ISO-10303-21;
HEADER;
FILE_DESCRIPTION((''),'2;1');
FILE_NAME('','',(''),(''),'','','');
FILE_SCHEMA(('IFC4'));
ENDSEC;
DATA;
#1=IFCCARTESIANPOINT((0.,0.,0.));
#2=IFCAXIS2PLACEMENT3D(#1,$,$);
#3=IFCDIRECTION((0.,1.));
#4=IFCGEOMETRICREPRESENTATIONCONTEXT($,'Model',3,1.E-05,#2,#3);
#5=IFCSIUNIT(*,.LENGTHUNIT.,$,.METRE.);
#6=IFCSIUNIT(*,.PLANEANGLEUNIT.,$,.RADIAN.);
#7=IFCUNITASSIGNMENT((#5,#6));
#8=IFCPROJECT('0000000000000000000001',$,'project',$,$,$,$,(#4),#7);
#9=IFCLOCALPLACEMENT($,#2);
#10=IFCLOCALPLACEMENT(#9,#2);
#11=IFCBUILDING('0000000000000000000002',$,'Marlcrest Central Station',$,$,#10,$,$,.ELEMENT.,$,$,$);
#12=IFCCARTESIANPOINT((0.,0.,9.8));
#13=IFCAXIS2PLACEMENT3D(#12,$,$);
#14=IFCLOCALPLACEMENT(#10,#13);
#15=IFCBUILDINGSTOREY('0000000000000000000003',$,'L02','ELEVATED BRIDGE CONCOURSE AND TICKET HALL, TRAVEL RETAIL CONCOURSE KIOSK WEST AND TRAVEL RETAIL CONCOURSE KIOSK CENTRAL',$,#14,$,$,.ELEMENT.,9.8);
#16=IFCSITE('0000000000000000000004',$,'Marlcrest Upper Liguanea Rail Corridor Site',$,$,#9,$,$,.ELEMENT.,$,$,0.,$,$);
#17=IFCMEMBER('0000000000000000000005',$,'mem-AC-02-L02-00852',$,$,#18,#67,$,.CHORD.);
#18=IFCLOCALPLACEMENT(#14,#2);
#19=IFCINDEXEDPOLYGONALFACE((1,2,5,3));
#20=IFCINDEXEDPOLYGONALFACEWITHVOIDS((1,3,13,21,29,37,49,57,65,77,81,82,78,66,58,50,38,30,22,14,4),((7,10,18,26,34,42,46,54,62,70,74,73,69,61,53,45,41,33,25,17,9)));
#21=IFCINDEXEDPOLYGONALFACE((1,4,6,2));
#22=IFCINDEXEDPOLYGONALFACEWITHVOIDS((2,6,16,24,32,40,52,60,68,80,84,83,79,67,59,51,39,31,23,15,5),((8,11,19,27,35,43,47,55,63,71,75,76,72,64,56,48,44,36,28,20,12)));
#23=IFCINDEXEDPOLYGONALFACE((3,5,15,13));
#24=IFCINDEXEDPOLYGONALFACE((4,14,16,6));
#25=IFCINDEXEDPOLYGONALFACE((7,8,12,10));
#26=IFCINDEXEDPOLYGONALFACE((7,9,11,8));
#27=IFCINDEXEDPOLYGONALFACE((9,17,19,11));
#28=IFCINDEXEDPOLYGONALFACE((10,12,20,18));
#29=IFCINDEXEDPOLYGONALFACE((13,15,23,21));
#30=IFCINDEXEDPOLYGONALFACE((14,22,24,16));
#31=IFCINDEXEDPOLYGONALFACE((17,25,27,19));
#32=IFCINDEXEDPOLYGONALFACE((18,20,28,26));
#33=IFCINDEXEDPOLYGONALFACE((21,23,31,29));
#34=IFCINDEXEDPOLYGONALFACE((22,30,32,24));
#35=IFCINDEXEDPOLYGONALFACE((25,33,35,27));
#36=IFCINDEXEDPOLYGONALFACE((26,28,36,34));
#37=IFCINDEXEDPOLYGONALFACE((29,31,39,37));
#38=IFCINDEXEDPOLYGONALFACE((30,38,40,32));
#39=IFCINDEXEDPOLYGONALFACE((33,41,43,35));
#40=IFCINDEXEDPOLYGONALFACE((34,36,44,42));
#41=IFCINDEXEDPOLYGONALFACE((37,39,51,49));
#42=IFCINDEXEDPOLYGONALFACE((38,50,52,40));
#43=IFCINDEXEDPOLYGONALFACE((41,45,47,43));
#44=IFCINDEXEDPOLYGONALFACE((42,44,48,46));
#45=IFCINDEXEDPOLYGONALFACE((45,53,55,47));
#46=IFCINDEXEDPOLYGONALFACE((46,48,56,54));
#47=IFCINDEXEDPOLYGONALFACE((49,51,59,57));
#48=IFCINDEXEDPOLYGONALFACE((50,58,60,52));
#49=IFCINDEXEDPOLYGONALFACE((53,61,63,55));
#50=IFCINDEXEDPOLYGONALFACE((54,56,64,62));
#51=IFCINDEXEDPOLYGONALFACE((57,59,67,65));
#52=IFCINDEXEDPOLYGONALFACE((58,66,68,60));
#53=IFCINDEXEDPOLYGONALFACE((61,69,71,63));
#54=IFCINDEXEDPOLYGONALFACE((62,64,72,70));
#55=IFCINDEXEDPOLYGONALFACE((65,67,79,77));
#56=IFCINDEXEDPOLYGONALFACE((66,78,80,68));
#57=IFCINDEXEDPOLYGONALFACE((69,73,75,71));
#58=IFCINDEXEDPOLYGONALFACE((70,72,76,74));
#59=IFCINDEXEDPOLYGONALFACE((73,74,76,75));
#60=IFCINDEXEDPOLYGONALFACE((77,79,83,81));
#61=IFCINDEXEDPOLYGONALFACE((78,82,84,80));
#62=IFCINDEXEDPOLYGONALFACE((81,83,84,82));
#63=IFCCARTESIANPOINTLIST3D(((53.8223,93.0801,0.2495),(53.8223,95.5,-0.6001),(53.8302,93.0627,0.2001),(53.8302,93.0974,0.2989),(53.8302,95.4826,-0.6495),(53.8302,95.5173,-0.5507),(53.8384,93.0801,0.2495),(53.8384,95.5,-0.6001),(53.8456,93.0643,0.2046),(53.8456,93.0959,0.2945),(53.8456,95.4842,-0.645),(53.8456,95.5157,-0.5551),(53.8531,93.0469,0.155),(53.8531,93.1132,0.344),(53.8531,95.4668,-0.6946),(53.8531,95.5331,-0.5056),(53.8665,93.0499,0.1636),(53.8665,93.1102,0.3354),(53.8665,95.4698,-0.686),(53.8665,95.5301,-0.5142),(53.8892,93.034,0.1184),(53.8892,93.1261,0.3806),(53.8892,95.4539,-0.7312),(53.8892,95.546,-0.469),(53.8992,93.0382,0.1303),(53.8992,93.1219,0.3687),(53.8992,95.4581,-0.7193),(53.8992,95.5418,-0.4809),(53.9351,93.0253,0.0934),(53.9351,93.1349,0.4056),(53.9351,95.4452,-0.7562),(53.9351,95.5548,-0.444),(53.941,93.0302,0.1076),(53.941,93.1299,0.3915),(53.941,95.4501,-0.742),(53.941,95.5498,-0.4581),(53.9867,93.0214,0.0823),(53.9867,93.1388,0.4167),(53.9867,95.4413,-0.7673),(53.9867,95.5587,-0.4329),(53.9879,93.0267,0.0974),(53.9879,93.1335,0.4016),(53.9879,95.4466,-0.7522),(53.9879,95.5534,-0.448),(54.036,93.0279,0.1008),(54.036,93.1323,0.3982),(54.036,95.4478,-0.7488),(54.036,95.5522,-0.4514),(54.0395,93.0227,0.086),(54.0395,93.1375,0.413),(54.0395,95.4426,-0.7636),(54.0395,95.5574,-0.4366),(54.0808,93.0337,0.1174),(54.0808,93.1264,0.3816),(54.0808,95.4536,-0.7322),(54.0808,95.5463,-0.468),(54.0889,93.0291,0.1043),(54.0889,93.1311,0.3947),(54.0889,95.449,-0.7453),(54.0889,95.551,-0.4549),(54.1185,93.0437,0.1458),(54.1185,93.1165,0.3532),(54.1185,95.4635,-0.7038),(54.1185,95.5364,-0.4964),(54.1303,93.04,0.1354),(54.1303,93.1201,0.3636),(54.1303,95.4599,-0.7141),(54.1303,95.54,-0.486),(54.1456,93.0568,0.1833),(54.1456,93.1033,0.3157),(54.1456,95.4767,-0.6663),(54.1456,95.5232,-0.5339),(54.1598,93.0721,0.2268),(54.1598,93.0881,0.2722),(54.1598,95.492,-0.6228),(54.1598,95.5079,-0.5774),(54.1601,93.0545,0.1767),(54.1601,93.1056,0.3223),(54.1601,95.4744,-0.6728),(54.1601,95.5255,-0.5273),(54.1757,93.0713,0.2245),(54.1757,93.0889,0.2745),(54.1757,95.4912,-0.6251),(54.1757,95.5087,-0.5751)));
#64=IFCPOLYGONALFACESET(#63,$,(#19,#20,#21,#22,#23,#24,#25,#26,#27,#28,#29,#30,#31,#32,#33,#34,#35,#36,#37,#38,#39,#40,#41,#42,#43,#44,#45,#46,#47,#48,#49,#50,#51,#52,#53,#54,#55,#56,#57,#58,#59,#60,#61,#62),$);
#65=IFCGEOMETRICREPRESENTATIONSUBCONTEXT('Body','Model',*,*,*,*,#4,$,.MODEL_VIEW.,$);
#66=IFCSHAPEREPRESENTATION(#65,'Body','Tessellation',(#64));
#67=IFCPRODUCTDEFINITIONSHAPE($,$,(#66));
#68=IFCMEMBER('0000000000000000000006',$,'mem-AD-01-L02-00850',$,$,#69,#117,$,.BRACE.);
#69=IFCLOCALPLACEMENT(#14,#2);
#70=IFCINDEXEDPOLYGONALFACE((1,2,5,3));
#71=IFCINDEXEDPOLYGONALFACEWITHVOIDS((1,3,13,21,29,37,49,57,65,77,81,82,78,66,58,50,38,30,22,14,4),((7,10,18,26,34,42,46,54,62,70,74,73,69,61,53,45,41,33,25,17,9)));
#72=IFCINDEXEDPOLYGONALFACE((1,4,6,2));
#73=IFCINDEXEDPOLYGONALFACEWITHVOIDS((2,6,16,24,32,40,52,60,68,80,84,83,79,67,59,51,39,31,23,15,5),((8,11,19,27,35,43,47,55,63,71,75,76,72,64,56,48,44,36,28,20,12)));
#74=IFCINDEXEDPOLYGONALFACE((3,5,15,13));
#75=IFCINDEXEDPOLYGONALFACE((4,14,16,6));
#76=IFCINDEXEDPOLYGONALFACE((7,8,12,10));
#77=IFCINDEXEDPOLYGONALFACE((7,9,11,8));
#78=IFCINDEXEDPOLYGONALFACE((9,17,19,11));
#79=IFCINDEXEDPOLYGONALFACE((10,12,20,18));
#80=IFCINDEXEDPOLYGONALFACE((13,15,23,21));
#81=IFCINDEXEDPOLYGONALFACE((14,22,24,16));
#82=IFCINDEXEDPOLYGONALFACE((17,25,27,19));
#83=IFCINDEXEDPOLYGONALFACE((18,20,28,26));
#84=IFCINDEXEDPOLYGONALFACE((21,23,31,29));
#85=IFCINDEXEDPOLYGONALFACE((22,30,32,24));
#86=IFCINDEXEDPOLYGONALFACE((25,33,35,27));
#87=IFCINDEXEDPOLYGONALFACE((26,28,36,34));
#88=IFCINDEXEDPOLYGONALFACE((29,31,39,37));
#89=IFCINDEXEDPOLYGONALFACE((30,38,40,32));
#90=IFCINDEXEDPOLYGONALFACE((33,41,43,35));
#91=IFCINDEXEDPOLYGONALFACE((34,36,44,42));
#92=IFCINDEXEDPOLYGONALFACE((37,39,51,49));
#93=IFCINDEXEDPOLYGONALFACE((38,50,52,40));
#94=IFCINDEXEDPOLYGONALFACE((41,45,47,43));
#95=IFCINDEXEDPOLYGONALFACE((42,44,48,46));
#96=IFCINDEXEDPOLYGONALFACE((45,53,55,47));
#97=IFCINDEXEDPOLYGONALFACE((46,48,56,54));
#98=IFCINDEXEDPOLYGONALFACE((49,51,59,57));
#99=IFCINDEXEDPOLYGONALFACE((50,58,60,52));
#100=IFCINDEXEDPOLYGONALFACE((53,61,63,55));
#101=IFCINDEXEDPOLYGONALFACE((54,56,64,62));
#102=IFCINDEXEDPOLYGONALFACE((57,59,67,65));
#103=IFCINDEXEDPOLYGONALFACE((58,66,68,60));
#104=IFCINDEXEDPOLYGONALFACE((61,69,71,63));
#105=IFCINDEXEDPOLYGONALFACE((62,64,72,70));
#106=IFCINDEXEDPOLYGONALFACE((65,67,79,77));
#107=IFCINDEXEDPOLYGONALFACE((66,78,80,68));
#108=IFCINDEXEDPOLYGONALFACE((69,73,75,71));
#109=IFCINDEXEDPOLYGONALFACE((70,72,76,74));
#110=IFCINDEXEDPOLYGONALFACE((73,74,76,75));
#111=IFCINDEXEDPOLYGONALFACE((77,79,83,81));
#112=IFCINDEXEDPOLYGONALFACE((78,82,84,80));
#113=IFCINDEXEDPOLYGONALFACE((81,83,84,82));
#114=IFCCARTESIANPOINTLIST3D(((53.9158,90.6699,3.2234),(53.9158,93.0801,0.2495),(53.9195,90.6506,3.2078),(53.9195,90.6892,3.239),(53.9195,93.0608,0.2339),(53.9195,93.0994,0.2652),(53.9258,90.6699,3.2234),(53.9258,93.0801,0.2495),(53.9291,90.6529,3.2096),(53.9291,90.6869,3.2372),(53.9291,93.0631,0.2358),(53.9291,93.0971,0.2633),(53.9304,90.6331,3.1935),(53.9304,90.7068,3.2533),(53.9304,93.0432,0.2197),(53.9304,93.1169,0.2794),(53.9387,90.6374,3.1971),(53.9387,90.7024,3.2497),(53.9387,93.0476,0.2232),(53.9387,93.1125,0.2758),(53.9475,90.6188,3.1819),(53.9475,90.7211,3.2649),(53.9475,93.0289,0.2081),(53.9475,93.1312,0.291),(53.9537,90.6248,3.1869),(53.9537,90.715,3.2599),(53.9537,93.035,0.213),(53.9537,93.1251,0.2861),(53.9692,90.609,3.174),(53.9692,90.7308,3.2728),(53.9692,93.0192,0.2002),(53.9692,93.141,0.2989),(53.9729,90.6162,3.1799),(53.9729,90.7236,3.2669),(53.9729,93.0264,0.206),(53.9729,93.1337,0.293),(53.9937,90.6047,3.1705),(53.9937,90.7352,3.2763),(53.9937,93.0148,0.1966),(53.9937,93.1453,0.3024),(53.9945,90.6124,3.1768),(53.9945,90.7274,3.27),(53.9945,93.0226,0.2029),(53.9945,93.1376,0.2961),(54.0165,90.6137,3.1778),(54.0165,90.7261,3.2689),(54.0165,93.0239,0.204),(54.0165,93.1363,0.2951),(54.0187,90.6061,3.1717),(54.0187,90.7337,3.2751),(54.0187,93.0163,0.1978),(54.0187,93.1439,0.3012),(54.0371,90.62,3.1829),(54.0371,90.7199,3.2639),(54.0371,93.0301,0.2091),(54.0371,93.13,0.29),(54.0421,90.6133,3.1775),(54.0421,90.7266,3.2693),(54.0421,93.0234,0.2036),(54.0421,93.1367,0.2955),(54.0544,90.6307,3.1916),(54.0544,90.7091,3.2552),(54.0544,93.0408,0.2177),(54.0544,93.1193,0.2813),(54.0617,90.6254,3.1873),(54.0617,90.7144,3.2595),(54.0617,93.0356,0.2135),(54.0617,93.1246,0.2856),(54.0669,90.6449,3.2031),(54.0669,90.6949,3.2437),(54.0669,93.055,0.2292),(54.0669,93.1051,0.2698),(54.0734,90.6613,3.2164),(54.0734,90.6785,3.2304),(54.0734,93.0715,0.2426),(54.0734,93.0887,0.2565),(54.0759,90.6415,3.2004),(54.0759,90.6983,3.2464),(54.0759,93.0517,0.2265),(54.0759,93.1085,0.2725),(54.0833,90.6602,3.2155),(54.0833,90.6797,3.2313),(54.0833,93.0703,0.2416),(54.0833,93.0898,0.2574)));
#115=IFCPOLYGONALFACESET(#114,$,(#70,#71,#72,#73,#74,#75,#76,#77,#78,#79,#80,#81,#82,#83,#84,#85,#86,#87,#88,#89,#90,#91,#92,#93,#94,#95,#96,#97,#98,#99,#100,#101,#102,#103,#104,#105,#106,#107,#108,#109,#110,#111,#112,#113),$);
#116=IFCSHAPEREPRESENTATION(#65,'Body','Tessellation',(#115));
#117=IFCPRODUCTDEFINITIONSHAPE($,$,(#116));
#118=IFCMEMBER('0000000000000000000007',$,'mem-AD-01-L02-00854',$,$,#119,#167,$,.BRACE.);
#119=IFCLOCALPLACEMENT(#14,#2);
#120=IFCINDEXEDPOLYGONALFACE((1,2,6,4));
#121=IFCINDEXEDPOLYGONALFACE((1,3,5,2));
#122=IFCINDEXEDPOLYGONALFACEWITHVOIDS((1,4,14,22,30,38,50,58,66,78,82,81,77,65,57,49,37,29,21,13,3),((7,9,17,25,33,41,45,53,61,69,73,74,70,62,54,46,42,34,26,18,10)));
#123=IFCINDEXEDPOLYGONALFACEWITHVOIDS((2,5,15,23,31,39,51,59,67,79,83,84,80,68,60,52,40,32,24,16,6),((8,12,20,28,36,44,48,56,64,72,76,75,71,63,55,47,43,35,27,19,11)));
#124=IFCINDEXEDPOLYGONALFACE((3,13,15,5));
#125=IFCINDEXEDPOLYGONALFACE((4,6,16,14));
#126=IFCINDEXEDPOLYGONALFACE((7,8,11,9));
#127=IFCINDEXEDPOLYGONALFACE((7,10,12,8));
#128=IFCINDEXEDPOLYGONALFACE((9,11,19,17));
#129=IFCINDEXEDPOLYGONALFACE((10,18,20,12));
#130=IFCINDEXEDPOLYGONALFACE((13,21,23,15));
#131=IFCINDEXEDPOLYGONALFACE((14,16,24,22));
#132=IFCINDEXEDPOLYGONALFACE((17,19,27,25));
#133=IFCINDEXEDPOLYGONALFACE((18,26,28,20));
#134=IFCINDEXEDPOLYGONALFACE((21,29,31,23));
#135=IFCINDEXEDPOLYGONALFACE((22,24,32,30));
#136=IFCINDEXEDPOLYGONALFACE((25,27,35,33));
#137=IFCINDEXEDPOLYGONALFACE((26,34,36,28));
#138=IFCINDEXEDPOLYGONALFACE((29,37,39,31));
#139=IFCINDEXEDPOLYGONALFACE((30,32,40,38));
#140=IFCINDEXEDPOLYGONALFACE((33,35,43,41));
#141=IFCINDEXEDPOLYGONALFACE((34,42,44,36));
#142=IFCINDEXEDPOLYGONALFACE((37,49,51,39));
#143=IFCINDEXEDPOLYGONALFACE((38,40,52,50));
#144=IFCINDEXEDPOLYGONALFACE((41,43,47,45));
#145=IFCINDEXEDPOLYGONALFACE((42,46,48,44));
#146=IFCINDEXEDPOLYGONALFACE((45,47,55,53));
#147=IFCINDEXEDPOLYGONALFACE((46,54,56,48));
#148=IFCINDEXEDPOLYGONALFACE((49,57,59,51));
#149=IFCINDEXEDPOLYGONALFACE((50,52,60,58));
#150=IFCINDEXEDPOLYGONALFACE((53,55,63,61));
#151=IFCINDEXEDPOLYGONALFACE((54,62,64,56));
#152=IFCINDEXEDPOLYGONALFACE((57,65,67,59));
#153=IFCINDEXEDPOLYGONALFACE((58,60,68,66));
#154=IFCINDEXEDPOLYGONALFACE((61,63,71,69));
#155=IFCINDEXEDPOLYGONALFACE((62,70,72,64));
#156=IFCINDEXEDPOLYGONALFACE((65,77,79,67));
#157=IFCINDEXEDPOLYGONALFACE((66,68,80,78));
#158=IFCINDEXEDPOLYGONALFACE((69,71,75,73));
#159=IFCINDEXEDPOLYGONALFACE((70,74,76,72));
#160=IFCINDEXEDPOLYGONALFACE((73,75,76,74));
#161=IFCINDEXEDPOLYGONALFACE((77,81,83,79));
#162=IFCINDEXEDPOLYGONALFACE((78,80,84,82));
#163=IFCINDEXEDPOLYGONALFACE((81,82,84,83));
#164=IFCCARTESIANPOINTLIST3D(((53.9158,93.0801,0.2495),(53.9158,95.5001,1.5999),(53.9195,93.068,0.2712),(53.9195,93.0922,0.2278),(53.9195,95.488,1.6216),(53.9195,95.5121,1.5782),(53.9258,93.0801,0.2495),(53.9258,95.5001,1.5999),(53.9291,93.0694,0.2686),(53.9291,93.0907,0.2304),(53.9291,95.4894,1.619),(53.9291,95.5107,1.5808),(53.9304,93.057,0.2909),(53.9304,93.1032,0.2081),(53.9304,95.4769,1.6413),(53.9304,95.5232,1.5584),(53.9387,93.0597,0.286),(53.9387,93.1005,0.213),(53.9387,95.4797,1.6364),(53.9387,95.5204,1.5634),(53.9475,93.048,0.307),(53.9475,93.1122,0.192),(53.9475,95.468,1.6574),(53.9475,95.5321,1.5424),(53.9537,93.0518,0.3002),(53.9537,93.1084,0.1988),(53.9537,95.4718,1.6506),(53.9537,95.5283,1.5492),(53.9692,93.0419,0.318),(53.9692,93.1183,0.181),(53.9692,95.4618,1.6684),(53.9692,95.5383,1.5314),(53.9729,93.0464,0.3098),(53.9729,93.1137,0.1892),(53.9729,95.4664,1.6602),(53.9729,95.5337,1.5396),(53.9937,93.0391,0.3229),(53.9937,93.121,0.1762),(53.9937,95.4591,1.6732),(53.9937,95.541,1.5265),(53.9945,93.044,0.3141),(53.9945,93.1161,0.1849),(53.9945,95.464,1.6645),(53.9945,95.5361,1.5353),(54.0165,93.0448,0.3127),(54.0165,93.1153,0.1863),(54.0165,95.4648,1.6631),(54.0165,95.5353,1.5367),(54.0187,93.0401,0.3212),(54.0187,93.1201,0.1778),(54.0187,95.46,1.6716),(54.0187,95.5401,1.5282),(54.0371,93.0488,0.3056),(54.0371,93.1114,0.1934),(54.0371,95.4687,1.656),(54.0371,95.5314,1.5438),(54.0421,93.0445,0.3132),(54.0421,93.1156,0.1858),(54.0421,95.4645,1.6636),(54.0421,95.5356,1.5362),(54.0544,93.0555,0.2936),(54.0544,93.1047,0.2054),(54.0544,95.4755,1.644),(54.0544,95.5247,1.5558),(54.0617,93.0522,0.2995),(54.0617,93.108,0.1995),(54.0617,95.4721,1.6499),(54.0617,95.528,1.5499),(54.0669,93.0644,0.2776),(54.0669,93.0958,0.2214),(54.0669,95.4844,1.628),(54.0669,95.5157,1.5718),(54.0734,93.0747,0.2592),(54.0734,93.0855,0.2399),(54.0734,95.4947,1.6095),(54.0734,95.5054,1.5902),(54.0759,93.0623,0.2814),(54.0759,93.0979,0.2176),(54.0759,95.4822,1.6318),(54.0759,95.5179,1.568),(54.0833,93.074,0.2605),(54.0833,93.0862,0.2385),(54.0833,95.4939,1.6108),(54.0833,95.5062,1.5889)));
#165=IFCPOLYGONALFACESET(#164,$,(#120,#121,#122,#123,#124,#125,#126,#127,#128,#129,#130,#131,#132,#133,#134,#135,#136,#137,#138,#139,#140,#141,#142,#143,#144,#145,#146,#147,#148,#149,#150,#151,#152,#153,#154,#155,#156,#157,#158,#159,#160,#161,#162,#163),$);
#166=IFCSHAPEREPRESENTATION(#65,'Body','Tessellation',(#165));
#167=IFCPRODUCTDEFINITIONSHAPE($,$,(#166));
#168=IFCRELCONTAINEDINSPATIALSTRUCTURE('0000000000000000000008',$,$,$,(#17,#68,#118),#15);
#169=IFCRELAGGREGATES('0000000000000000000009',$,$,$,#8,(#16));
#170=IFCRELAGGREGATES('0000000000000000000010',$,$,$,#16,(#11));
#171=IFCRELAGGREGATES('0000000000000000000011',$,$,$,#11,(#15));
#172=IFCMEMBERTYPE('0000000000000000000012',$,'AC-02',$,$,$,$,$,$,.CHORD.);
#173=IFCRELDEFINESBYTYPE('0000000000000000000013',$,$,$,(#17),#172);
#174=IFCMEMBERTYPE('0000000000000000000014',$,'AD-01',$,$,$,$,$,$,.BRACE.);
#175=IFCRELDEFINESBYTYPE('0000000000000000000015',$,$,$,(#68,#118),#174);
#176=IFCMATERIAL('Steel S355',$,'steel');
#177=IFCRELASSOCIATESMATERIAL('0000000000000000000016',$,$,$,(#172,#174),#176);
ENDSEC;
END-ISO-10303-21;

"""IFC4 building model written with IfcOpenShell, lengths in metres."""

from ifc_helpers import new_model, si_unit, direction, frame, origin, origin_2d, place, context, subcontext, project, spatial, hollow_circle, extrude, material, material_profile, profile_set, type_object, element, save


model = new_model("IFC4")

# Units and contexts
model_context = context("Model", 3, precision=1e-05, world=origin(), true_north=direction((0.0, 1.0)))
body_context = subcontext(model_context, "Body", "Model", "MODEL_VIEW")
ifc_project = project(units=[si_unit("LENGTHUNIT", "METRE"), si_unit("PLANEANGLEUNIT", "RADIAN")], contexts=[model_context])

# Site, building, storey
site_placement = place(None, origin())
site = spatial("IfcSite", under=ifc_project, at=site_placement, Name="Marlcrest Upper Liguanea Rail Corridor Site", CompositionType="ELEMENT", RefElevation=0.0)
building_placement = place(site_placement, origin())
building = spatial("IfcBuilding", under=site, at=building_placement, Name="Marlcrest Central Station", CompositionType="ELEMENT")
storey_placement = place(building_placement, frame((0.0, 0.0, 9.8)))
storey = spatial("IfcBuildingStorey", under=building, at=storey_placement, Name="L02", Description="ELEVATED BRIDGE CONCOURSE AND TICKET HALL, TRAVEL RETAIL CONCOURSE KIOSK WEST AND TRAVEL RETAIL CONCOURSE KIOSK CENTRAL", CompositionType="ELEMENT", Elevation=9.8)

# Members
ifc_material_1 = material(Name="Steel S355", Category="steel")
ifc_material_profile_1 = material_profile(ifc_material_1, hollow_circle(Radius=0.1777, WallThickness=0.0161, at=origin_2d()), Name="CHS 355.6x16")
ifc_profile_set_1 = profile_set([ifc_material_profile_1], Name="Steel S355")
member_type_1 = type_object("IfcMemberType", Name="AC-02", PredefinedType="CHORD", material=ifc_profile_set_1)
member_1_placement = place(storey_placement, frame((54.0, 93.0801, 0.2495), z_axis=(0.0, 0.943537, -0.331266), x_axis=(-1.0, 0.0, 0.0)))
element("IfcMember", 1, at=member_1_placement, inside=storey, type_object=member_type_1, Name="mem-AC-02-L02-00852", PredefinedType="CHORD", context=body_context, shape_type="SweptSolid", body=[
    extrude(hollow_circle(Radius=0.1777, WallThickness=0.0161, at=origin_2d()), origin(), (0.0, 0.0, 1.0), 2.5647),
])
ifc_material_profile_2 = material_profile(ifc_material_1, hollow_circle(Radius=0.0842, WallThickness=0.01, at=origin_2d()), Name="CHS 168.3x10")
ifc_profile_set_2 = profile_set([ifc_material_profile_2], Name="Steel S355")
member_type_2 = type_object("IfcMemberType", Name="AD-01", PredefinedType="BRACE", material=ifc_profile_set_2)
member_2_placement = place(storey_placement, frame((54.0, 90.6699, 3.2234), z_axis=(0.0, 0.629629, -0.776896), x_axis=(-1.0, 0.0, 0.0)))
element("IfcMember", 2, at=member_2_placement, inside=storey, type_object=member_type_2, Name="mem-AD-01-L02-00850", PredefinedType="BRACE", context=body_context, shape_type="SweptSolid", body=[
    extrude(hollow_circle(Radius=0.0842, WallThickness=0.01, at=origin_2d()), origin(), (0.0, 0.0, 1.0), 3.8279),
])
member_3_placement = place(storey_placement, frame((54.0, 93.0801, 0.2495), z_axis=(0.0, 0.873246, 0.48728), x_axis=(-1.0, 0.0, 0.0)))
element("IfcMember", 3, at=member_3_placement, inside=storey, type_object=member_type_2, Name="mem-AD-01-L02-00854", PredefinedType="BRACE", context=body_context, shape_type="SweptSolid", body=[
    extrude(hollow_circle(Radius=0.0842, WallThickness=0.01, at=origin_2d()), origin(), (0.0, 0.0, 1.0), 2.7712),
])

save(model, "model.ifc")
